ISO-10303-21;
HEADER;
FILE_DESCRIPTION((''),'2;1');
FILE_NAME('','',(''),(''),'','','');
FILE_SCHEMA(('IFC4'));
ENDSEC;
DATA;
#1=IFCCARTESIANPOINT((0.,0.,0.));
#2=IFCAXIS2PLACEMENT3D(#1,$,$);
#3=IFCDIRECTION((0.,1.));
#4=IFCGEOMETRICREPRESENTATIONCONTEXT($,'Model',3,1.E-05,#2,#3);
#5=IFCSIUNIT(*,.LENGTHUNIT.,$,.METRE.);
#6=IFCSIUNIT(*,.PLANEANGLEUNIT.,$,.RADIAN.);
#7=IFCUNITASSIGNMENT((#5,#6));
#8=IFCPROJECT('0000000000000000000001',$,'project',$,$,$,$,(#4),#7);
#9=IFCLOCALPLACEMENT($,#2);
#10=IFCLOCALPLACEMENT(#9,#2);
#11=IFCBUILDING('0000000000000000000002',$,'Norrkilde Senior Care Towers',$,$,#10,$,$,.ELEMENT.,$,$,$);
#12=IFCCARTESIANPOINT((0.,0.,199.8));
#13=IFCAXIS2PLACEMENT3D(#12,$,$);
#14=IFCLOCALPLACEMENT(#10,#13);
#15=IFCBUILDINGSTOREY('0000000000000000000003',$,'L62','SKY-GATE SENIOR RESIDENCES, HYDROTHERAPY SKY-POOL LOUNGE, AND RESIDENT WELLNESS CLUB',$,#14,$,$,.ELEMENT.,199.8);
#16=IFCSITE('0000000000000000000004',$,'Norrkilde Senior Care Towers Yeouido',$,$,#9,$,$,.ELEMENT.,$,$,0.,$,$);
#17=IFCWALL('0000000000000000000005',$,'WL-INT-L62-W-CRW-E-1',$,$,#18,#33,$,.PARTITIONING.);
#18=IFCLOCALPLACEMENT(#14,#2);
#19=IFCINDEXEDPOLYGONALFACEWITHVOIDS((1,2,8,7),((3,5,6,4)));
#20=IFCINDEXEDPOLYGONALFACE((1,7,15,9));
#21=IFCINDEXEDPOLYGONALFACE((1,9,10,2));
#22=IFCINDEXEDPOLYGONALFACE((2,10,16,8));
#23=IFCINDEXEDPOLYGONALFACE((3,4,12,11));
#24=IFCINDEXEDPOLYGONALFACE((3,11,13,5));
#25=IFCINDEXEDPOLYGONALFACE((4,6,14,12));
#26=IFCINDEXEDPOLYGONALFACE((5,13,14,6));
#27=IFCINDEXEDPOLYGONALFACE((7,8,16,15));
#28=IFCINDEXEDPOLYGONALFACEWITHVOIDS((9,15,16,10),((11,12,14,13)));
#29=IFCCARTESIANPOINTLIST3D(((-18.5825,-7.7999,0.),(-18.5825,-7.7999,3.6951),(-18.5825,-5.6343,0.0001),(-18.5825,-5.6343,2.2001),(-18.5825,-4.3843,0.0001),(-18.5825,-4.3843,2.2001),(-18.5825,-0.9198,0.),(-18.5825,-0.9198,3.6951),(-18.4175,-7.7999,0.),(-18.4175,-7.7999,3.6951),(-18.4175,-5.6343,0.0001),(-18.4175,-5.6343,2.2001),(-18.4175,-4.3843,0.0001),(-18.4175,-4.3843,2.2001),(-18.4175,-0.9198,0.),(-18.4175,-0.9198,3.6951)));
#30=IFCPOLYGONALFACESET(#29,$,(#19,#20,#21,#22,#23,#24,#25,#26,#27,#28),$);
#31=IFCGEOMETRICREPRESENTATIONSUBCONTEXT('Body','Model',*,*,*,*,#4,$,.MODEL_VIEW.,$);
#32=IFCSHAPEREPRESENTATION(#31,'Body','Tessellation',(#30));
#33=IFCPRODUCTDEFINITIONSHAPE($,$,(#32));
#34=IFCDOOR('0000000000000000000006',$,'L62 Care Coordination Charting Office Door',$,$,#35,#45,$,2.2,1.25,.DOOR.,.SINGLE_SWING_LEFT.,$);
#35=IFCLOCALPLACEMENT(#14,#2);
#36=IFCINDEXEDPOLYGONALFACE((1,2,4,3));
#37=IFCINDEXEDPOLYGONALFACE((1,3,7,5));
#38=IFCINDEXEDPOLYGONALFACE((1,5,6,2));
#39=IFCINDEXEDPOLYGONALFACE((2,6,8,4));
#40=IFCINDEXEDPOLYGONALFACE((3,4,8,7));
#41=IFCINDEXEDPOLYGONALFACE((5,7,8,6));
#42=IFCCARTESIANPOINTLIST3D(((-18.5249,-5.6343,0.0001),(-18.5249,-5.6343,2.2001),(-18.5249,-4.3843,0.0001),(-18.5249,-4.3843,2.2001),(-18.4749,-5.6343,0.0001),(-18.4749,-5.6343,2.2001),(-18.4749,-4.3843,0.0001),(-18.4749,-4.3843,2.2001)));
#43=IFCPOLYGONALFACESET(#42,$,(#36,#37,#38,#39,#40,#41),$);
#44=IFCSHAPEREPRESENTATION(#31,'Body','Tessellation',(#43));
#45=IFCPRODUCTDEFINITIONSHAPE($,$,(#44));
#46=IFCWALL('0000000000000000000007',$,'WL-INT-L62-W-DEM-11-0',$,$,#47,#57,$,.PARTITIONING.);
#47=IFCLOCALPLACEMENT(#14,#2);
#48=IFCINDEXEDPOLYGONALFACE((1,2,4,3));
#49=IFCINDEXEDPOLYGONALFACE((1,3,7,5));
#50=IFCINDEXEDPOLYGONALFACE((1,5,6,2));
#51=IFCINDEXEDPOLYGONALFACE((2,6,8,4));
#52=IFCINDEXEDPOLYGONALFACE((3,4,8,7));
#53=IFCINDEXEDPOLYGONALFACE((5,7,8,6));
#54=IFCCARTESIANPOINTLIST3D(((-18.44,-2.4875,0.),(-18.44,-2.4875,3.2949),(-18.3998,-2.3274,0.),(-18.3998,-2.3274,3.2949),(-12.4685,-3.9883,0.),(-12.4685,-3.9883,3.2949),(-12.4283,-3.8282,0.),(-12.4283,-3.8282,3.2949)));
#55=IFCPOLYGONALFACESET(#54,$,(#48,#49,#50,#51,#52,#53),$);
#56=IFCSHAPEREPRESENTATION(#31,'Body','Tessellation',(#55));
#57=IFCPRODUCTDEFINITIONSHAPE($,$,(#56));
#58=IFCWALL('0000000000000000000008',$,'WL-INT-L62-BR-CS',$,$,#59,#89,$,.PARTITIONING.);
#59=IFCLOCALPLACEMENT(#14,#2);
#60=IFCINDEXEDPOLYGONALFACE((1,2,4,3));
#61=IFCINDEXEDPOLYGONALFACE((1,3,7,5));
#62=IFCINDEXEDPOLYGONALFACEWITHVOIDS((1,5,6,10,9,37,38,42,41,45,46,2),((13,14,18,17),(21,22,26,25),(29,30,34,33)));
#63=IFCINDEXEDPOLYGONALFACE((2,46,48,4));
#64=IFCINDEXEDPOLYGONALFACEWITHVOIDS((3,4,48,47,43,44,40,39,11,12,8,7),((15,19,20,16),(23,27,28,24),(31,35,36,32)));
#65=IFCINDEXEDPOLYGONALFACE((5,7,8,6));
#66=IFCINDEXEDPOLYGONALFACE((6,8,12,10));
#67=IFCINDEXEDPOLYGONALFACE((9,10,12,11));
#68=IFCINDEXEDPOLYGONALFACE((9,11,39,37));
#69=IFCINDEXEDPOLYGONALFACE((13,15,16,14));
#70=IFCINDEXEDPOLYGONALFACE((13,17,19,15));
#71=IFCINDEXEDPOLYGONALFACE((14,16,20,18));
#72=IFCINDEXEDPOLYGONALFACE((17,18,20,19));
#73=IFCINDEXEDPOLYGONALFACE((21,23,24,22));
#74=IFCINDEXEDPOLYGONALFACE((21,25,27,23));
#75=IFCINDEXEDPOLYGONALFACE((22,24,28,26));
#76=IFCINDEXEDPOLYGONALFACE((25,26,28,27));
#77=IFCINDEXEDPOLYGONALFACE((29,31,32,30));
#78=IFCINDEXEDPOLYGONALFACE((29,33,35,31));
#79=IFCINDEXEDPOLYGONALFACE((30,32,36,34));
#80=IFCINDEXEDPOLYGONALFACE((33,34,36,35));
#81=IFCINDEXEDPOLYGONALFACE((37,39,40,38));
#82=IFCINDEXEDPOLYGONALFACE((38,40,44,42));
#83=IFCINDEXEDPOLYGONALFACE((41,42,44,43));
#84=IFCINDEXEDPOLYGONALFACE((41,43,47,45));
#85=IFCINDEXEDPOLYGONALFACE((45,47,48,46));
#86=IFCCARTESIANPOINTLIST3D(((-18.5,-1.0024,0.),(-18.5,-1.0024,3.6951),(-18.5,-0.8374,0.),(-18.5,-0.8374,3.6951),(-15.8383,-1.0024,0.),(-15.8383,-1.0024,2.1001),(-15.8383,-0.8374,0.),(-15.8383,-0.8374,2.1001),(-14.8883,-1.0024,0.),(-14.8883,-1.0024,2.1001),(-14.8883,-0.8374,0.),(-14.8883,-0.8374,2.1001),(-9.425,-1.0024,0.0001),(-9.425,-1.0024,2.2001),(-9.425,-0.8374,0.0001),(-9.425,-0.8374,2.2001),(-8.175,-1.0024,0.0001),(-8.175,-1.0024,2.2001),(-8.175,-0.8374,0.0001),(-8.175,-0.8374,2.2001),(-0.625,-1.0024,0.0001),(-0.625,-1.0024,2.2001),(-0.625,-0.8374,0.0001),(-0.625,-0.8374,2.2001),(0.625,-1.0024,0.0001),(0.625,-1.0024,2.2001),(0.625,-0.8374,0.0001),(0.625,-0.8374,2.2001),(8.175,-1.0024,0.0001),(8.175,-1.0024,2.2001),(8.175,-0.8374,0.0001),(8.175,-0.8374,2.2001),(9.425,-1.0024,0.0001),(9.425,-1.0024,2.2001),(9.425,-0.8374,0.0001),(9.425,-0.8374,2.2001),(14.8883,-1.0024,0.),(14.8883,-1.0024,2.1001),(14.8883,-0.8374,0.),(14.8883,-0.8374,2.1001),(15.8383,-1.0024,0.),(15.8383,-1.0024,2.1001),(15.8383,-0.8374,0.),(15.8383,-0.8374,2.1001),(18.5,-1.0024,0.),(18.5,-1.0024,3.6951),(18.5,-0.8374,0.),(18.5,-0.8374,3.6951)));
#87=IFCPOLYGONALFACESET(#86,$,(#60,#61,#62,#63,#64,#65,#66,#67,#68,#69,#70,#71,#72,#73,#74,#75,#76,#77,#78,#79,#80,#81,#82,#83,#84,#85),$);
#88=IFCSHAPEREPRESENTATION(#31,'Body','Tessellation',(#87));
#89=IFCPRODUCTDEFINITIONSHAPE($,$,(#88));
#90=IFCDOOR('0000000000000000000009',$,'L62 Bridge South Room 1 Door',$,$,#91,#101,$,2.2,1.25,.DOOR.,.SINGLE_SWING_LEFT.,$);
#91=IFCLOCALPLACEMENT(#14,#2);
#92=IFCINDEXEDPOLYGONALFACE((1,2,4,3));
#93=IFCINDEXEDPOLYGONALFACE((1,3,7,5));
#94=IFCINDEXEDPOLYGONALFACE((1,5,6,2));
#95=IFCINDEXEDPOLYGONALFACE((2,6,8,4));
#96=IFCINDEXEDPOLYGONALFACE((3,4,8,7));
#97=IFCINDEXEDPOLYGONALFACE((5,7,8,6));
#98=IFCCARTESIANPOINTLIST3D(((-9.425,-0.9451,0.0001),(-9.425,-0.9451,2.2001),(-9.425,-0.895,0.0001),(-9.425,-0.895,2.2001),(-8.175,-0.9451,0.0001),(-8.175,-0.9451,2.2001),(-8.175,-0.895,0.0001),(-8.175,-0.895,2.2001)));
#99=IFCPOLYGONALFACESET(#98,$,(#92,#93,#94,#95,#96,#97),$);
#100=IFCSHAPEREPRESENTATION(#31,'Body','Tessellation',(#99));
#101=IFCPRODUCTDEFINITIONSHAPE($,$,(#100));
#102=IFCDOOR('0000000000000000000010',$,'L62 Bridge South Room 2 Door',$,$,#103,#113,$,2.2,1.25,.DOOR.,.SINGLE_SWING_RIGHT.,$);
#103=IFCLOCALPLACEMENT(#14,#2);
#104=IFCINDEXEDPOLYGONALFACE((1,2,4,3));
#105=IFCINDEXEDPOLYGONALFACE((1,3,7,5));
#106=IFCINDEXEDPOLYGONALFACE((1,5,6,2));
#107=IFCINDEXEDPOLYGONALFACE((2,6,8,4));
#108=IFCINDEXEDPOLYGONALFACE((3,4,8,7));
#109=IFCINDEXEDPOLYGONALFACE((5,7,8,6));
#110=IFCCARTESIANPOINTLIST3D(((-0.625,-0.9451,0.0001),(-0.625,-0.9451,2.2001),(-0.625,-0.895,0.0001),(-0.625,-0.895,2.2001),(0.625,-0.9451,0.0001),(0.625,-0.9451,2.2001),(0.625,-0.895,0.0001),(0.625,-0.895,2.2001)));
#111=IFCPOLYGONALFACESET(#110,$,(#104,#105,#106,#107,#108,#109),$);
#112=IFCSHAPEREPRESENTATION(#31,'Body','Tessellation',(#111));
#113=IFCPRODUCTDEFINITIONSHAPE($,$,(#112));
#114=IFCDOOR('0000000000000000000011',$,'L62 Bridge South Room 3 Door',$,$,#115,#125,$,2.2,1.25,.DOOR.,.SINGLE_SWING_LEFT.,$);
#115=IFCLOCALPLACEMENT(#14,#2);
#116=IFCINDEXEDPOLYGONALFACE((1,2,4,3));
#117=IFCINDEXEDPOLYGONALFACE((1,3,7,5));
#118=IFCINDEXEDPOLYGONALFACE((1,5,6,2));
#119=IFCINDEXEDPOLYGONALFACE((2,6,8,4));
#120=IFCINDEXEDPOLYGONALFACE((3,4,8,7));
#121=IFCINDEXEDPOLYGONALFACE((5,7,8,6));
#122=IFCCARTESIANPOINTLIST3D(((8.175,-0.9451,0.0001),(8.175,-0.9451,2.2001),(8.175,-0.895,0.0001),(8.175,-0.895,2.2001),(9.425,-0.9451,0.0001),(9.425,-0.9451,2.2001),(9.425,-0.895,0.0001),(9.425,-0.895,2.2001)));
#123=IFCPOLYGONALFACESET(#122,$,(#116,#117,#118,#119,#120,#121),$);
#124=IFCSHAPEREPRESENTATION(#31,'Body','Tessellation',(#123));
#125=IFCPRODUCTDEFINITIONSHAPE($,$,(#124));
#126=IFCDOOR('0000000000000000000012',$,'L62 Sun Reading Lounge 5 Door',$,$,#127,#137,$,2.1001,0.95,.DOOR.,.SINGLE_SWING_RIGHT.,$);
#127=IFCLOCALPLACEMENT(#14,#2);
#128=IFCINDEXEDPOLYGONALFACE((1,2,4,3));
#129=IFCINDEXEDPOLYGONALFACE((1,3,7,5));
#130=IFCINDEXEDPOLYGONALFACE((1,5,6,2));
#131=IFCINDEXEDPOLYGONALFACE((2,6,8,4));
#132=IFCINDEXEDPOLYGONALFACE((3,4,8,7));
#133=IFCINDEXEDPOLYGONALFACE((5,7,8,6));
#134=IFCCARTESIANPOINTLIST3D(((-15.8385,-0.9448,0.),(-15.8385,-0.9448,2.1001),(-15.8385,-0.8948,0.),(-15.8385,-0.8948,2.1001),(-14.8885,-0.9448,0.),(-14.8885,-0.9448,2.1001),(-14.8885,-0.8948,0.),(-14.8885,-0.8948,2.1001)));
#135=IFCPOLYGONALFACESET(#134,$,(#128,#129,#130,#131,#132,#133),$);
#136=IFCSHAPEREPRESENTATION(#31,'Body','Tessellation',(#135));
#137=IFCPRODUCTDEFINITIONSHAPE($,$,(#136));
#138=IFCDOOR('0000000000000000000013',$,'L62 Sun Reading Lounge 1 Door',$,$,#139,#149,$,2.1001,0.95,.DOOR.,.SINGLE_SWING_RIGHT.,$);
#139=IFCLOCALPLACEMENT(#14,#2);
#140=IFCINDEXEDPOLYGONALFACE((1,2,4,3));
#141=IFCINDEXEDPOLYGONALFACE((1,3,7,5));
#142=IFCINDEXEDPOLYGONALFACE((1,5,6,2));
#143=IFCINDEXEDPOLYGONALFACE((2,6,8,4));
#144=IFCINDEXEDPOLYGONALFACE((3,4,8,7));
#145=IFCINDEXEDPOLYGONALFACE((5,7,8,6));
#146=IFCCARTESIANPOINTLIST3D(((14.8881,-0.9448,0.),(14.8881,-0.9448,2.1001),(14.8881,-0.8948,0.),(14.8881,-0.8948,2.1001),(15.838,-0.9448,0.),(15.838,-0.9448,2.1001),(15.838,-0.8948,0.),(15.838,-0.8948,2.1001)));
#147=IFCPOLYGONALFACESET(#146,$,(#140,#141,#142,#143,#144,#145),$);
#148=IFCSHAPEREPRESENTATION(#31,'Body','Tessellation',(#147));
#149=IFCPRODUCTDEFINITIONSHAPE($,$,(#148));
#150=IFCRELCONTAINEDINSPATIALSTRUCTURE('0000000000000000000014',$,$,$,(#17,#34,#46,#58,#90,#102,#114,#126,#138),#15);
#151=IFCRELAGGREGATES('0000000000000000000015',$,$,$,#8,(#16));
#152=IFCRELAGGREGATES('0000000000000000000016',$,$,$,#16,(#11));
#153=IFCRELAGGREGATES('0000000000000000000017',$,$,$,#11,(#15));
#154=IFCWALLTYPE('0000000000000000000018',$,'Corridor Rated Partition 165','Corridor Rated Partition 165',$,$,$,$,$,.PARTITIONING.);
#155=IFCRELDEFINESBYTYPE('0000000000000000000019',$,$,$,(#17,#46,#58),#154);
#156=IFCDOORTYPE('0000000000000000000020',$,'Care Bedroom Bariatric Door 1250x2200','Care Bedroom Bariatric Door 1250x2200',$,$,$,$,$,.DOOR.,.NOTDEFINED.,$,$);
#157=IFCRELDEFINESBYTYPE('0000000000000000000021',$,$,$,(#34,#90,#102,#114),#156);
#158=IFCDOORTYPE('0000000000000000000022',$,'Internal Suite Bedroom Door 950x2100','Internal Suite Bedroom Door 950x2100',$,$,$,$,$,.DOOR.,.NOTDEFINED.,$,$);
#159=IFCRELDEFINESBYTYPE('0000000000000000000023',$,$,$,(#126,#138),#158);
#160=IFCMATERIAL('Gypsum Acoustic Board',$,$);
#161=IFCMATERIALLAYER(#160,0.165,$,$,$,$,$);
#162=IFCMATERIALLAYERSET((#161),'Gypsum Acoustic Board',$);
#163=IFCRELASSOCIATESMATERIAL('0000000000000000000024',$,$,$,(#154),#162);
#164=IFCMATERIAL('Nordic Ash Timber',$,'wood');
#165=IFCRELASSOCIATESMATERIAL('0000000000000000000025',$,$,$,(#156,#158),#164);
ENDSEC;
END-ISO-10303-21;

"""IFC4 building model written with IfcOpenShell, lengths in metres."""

from ifc_helpers import new_model, si_unit, direction, frame, frame_2d, origin, place, context, subcontext, project, spatial, rectangle, extrude, source, transform, mapped, material, layer, layer_set, type_object, type_shapes, element, fill, save


model = new_model("IFC4")

# Units and contexts
model_context = context("Model", 3, precision=1e-05, world=origin(), true_north=direction((0.0, 1.0)))
body_context = subcontext(model_context, "Body", "Model", "MODEL_VIEW")
ifc_project = project(units=[si_unit("LENGTHUNIT", "METRE"), si_unit("PLANEANGLEUNIT", "RADIAN")], contexts=[model_context])

# Site, building, storey
site_placement = place(None, origin())
site = spatial("IfcSite", under=ifc_project, at=site_placement, Name="Norrkilde Senior Care Towers Yeouido", CompositionType="ELEMENT", RefElevation=0.0)
building_placement = place(site_placement, origin())
building = spatial("IfcBuilding", under=site, at=building_placement, Name="Norrkilde Senior Care Towers", CompositionType="ELEMENT")
storey_placement = place(building_placement, frame((0.0, 0.0, 199.8)))
storey = spatial("IfcBuildingStorey", under=building, at=storey_placement, Name="L62", Description="SKY-GATE SENIOR RESIDENCES, HYDROTHERAPY SKY-POOL LOUNGE, AND RESIDENT WELLNESS CLUB", CompositionType="ELEMENT", Elevation=199.8)

# Wall, opening, door
ifc_material_1 = material(Name="Gypsum Acoustic Board")
ifc_layer_1 = layer(ifc_material_1, 0.165)
ifc_layer_set_1 = layer_set([ifc_layer_1], Name="Gypsum Acoustic Board")
wall_type = type_object("IfcWallType", Name="Corridor Rated Partition 165", Description="Corridor Rated Partition 165", PredefinedType="PARTITIONING", material=ifc_layer_set_1)
shared_shape_1 = source(origin(), body_context, "Body", "SweptSolid", [
    extrude(rectangle(XDim=6.8801, YDim=0.165, at=frame_2d((3.4399, 0.0))), origin(), (0.0, 0.0, 1.0), 3.6951),
])
wall_1_placement = place(storey_placement, frame((-18.5, -0.9199, 0.0), z_axis=(0.0, 0.0, 1.0), x_axis=(0.0, -1.0, 0.0)))
wall_1 = element("IfcWall", 1, at=wall_1_placement, inside=storey, type_object=wall_type, Name="WL-INT-L62-W-CRW-E-1", PredefinedType="PARTITIONING", context=body_context, shape_type="MappedRepresentation", body=[
    mapped(shared_shape_1, transform((0.0, 0.0, 0.0), x_axis=(1.0, 0.0, 0.0), y_axis=(0.0, 1.0, 0.0), z_axis=(0.0, 0.0, 1.0), scale=1.0)),
])
opening_1_placement = place(wall_1_placement, frame((3.4644, 0.0, 0.0)))
opening_1 = element("IfcOpeningElement", 2, at=opening_1_placement, cuts=wall_1, PredefinedType="OPENING", context=body_context, shape_type="SweptSolid", body=[
    extrude(rectangle(XDim=1.25, YDim=2.2, at=frame_2d((0.625, 1.1001))), frame((0.0, 0.0925, 0.0), z_axis=(0.0, -1.0, 0.0), x_axis=(1.0, 0.0, 0.0)), (0.0, 0.0, 1.0), 0.1851),
])
ifc_material_2 = material(Name="Nordic Ash Timber", Category="wood")
door_type_1 = type_object("IfcDoorType", Name="Care Bedroom Bariatric Door 1250x2200", Description="Care Bedroom Bariatric Door 1250x2200", OperationType="NOTDEFINED", PredefinedType="DOOR", material=ifc_material_2)
shared_shape_2 = source(origin(), body_context, "Body", "SweptSolid", [
    extrude(rectangle(XDim=1.25, YDim=2.2, at=frame_2d((0.625, 1.1001))), frame((0.0, 0.0249, 0.0), z_axis=(0.0, -1.0, 0.0), x_axis=(1.0, 0.0, 0.0)), (0.0, 0.0, 1.0), 0.05),
])
type_shapes(door_type_1, [shared_shape_2])
door_1_placement = place(opening_1_placement, frame((1.25, 0.0, 0.0), z_axis=(0.0, 0.0, 1.0), x_axis=(-1.0, 0.0, 0.0)))
door_1 = element("IfcDoor", 3, at=door_1_placement, inside=storey, type_object=door_type_1, Name="L62 Care Coordination Charting Office Door", OperationType="SINGLE_SWING_LEFT", OverallHeight=2.2, OverallWidth=1.25, PredefinedType="DOOR", context=body_context, shape_type="MappedRepresentation", body=[
    mapped(shared_shape_2, transform((0.0, 0.0, 0.0), x_axis=(1.0, 0.0, 0.0), y_axis=(0.0, 1.0, 0.0), z_axis=(0.0, 0.0, 1.0), scale=1.0)),
])
fill(opening_1, door_1)

# Wall
shared_shape_3 = source(origin(), body_context, "Body", "SweptSolid", [
    extrude(rectangle(XDim=6.1572, YDim=0.165, at=frame_2d((3.0786, 0.0))), origin(), (0.0, 0.0, 1.0), 3.2949),
])
wall_2_placement = place(storey_placement, frame((-18.4199, -2.4075, 0.0), z_axis=(0.0, 0.0, 1.0), x_axis=(0.969841, -0.243739, 0.0)))
element("IfcWall", 4, at=wall_2_placement, inside=storey, type_object=wall_type, Name="WL-INT-L62-W-DEM-11-0", PredefinedType="PARTITIONING", context=body_context, shape_type="MappedRepresentation", body=[
    mapped(shared_shape_3, transform((0.0, 0.0, 0.0), x_axis=(1.0, 0.0, 0.0), y_axis=(0.0, 1.0, 0.0), z_axis=(0.0, 0.0, 1.0), scale=1.0)),
])

# Wall, openings, doors
shared_shape_4 = source(origin(), body_context, "Body", "SweptSolid", [
    extrude(rectangle(XDim=37.0, YDim=0.165, at=frame_2d((18.5, 0.0))), origin(), (0.0, 0.0, 1.0), 3.6951),
])
wall_3_placement = place(storey_placement, frame((-18.5, -0.9199, 0.0), z_axis=(0.0, 0.0, 1.0), x_axis=(1.0, 0.0, 0.0)))
wall_3 = element("IfcWall", 5, at=wall_3_placement, inside=storey, type_object=wall_type, Name="WL-INT-L62-BR-CS", PredefinedType="PARTITIONING", context=body_context, shape_type="MappedRepresentation", body=[
    mapped(shared_shape_4, transform((0.0, 0.0, 0.0), x_axis=(1.0, 0.0, 0.0), y_axis=(0.0, 1.0, 0.0), z_axis=(0.0, 0.0, 1.0), scale=1.0)),
])
opening_2_placement = place(wall_3_placement, frame((2.6616, 0.0, 0.0)))
opening_2 = element("IfcOpeningElement", 6, at=opening_2_placement, cuts=wall_3, PredefinedType="OPENING", context=body_context, shape_type="SweptSolid", body=[
    extrude(rectangle(XDim=0.95, YDim=2.1001, at=frame_2d((0.4751, 1.05))), frame((0.0, 0.0925, 0.0), z_axis=(0.0, -1.0, 0.0), x_axis=(1.0, 0.0, 0.0)), (0.0, 0.0, 1.0), 0.1851),
])
opening_3_placement = place(wall_3_placement, frame((33.3882, 0.0, 0.0)))
opening_3 = element("IfcOpeningElement", 7, at=opening_3_placement, cuts=wall_3, PredefinedType="OPENING", context=body_context, shape_type="SweptSolid", body=[
    extrude(rectangle(XDim=0.95, YDim=2.1001, at=frame_2d((0.4751, 1.05))), frame((0.0, 0.0925, 0.0), z_axis=(0.0, -1.0, 0.0), x_axis=(1.0, 0.0, 0.0)), (0.0, 0.0, 1.0), 0.1851),
])
opening_4_placement = place(wall_3_placement, frame((9.075, 0.0, 0.0)))
opening_4 = element("IfcOpeningElement", 8, at=opening_4_placement, cuts=wall_3, PredefinedType="OPENING", context=body_context, shape_type="SweptSolid", body=[
    extrude(rectangle(XDim=1.25, YDim=2.2, at=frame_2d((0.625, 1.1001))), frame((0.0, 0.0925, 0.0), z_axis=(0.0, -1.0, 0.0), x_axis=(1.0, 0.0, 0.0)), (0.0, 0.0, 1.0), 0.1851),
])
opening_5_placement = place(wall_3_placement, frame((17.875, 0.0, 0.0)))
opening_5 = element("IfcOpeningElement", 9, at=opening_5_placement, cuts=wall_3, PredefinedType="OPENING", context=body_context, shape_type="SweptSolid", body=[
    extrude(rectangle(XDim=1.25, YDim=2.2, at=frame_2d((0.625, 1.1001))), frame((0.0, 0.0925, 0.0), z_axis=(0.0, -1.0, 0.0), x_axis=(1.0, 0.0, 0.0)), (0.0, 0.0, 1.0), 0.1851),
])
opening_6_placement = place(wall_3_placement, frame((26.675, 0.0, 0.0)))
opening_6 = element("IfcOpeningElement", 10, at=opening_6_placement, cuts=wall_3, PredefinedType="OPENING", context=body_context, shape_type="SweptSolid", body=[
    extrude(rectangle(XDim=1.25, YDim=2.2, at=frame_2d((0.625, 1.1001))), frame((0.0, 0.0925, 0.0), z_axis=(0.0, -1.0, 0.0), x_axis=(1.0, 0.0, 0.0)), (0.0, 0.0, 1.0), 0.1851),
])
door_2_placement = place(opening_4_placement, origin())
door_2 = element("IfcDoor", 11, at=door_2_placement, inside=storey, type_object=door_type_1, Name="L62 Bridge South Room 1 Door", OperationType="SINGLE_SWING_LEFT", OverallHeight=2.2, OverallWidth=1.25, PredefinedType="DOOR", context=body_context, shape_type="MappedRepresentation", body=[
    mapped(shared_shape_2, transform((0.0, 0.0, 0.0), x_axis=(1.0, 0.0, 0.0), y_axis=(0.0, 1.0, 0.0), z_axis=(0.0, 0.0, 1.0), scale=1.0)),
])
fill(opening_4, door_2)
door_3_placement = place(opening_5_placement, origin())
door_3 = element("IfcDoor", 12, at=door_3_placement, inside=storey, type_object=door_type_1, Name="L62 Bridge South Room 2 Door", OperationType="SINGLE_SWING_RIGHT", OverallHeight=2.2, OverallWidth=1.25, PredefinedType="DOOR", context=body_context, shape_type="MappedRepresentation", body=[
    mapped(shared_shape_2, transform((0.0, 0.0, 0.0), x_axis=(1.0, 0.0, 0.0), y_axis=(0.0, 1.0, 0.0), z_axis=(0.0, 0.0, 1.0), scale=1.0)),
])
fill(opening_5, door_3)
door_4_placement = place(opening_6_placement, origin())
door_4 = element("IfcDoor", 13, at=door_4_placement, inside=storey, type_object=door_type_1, Name="L62 Bridge South Room 3 Door", OperationType="SINGLE_SWING_LEFT", OverallHeight=2.2, OverallWidth=1.25, PredefinedType="DOOR", context=body_context, shape_type="MappedRepresentation", body=[
    mapped(shared_shape_2, transform((0.0, 0.0, 0.0), x_axis=(1.0, 0.0, 0.0), y_axis=(0.0, 1.0, 0.0), z_axis=(0.0, 0.0, 1.0), scale=1.0)),
])
fill(opening_6, door_4)
door_type_2 = type_object("IfcDoorType", Name="Internal Suite Bedroom Door 950x2100", Description="Internal Suite Bedroom Door 950x2100", OperationType="NOTDEFINED", PredefinedType="DOOR", material=ifc_material_2)
shared_shape_5 = source(origin(), body_context, "Body", "SweptSolid", [
    extrude(rectangle(XDim=0.95, YDim=2.1001, at=frame_2d((0.4751, 1.05))), frame((0.0, 0.0249, 0.0), z_axis=(0.0, -1.0, 0.0), x_axis=(1.0, 0.0, 0.0)), (0.0, 0.0, 1.0), 0.05),
])
type_shapes(door_type_2, [shared_shape_5])
door_5_placement = place(opening_2_placement, frame((0.95, 0.0, 0.0), z_axis=(0.0, 0.0, 1.0), x_axis=(-1.0, 0.0, 0.0)))
door_5 = element("IfcDoor", 14, at=door_5_placement, inside=storey, type_object=door_type_2, Name="L62 Sun Reading Lounge 5 Door", OperationType="SINGLE_SWING_RIGHT", OverallHeight=2.1001, OverallWidth=0.95, PredefinedType="DOOR", context=body_context, shape_type="MappedRepresentation", body=[
    mapped(shared_shape_5, transform((0.0, 0.0, 0.0), x_axis=(1.0, 0.0, 0.0), y_axis=(0.0, 1.0, 0.0), z_axis=(0.0, 0.0, 1.0), scale=1.0)),
])
fill(opening_2, door_5)
door_6_placement = place(opening_3_placement, frame((0.95, 0.0, 0.0), z_axis=(0.0, 0.0, 1.0), x_axis=(-1.0, 0.0, 0.0)))
door_6 = element("IfcDoor", 15, at=door_6_placement, inside=storey, type_object=door_type_2, Name="L62 Sun Reading Lounge 1 Door", OperationType="SINGLE_SWING_RIGHT", OverallHeight=2.1001, OverallWidth=0.95, PredefinedType="DOOR", context=body_context, shape_type="MappedRepresentation", body=[
    mapped(shared_shape_5, transform((0.0, 0.0, 0.0), x_axis=(1.0, 0.0, 0.0), y_axis=(0.0, 1.0, 0.0), z_axis=(0.0, 0.0, 1.0), scale=1.0)),
])
fill(opening_3, door_6)

save(model, "model.ifc")
